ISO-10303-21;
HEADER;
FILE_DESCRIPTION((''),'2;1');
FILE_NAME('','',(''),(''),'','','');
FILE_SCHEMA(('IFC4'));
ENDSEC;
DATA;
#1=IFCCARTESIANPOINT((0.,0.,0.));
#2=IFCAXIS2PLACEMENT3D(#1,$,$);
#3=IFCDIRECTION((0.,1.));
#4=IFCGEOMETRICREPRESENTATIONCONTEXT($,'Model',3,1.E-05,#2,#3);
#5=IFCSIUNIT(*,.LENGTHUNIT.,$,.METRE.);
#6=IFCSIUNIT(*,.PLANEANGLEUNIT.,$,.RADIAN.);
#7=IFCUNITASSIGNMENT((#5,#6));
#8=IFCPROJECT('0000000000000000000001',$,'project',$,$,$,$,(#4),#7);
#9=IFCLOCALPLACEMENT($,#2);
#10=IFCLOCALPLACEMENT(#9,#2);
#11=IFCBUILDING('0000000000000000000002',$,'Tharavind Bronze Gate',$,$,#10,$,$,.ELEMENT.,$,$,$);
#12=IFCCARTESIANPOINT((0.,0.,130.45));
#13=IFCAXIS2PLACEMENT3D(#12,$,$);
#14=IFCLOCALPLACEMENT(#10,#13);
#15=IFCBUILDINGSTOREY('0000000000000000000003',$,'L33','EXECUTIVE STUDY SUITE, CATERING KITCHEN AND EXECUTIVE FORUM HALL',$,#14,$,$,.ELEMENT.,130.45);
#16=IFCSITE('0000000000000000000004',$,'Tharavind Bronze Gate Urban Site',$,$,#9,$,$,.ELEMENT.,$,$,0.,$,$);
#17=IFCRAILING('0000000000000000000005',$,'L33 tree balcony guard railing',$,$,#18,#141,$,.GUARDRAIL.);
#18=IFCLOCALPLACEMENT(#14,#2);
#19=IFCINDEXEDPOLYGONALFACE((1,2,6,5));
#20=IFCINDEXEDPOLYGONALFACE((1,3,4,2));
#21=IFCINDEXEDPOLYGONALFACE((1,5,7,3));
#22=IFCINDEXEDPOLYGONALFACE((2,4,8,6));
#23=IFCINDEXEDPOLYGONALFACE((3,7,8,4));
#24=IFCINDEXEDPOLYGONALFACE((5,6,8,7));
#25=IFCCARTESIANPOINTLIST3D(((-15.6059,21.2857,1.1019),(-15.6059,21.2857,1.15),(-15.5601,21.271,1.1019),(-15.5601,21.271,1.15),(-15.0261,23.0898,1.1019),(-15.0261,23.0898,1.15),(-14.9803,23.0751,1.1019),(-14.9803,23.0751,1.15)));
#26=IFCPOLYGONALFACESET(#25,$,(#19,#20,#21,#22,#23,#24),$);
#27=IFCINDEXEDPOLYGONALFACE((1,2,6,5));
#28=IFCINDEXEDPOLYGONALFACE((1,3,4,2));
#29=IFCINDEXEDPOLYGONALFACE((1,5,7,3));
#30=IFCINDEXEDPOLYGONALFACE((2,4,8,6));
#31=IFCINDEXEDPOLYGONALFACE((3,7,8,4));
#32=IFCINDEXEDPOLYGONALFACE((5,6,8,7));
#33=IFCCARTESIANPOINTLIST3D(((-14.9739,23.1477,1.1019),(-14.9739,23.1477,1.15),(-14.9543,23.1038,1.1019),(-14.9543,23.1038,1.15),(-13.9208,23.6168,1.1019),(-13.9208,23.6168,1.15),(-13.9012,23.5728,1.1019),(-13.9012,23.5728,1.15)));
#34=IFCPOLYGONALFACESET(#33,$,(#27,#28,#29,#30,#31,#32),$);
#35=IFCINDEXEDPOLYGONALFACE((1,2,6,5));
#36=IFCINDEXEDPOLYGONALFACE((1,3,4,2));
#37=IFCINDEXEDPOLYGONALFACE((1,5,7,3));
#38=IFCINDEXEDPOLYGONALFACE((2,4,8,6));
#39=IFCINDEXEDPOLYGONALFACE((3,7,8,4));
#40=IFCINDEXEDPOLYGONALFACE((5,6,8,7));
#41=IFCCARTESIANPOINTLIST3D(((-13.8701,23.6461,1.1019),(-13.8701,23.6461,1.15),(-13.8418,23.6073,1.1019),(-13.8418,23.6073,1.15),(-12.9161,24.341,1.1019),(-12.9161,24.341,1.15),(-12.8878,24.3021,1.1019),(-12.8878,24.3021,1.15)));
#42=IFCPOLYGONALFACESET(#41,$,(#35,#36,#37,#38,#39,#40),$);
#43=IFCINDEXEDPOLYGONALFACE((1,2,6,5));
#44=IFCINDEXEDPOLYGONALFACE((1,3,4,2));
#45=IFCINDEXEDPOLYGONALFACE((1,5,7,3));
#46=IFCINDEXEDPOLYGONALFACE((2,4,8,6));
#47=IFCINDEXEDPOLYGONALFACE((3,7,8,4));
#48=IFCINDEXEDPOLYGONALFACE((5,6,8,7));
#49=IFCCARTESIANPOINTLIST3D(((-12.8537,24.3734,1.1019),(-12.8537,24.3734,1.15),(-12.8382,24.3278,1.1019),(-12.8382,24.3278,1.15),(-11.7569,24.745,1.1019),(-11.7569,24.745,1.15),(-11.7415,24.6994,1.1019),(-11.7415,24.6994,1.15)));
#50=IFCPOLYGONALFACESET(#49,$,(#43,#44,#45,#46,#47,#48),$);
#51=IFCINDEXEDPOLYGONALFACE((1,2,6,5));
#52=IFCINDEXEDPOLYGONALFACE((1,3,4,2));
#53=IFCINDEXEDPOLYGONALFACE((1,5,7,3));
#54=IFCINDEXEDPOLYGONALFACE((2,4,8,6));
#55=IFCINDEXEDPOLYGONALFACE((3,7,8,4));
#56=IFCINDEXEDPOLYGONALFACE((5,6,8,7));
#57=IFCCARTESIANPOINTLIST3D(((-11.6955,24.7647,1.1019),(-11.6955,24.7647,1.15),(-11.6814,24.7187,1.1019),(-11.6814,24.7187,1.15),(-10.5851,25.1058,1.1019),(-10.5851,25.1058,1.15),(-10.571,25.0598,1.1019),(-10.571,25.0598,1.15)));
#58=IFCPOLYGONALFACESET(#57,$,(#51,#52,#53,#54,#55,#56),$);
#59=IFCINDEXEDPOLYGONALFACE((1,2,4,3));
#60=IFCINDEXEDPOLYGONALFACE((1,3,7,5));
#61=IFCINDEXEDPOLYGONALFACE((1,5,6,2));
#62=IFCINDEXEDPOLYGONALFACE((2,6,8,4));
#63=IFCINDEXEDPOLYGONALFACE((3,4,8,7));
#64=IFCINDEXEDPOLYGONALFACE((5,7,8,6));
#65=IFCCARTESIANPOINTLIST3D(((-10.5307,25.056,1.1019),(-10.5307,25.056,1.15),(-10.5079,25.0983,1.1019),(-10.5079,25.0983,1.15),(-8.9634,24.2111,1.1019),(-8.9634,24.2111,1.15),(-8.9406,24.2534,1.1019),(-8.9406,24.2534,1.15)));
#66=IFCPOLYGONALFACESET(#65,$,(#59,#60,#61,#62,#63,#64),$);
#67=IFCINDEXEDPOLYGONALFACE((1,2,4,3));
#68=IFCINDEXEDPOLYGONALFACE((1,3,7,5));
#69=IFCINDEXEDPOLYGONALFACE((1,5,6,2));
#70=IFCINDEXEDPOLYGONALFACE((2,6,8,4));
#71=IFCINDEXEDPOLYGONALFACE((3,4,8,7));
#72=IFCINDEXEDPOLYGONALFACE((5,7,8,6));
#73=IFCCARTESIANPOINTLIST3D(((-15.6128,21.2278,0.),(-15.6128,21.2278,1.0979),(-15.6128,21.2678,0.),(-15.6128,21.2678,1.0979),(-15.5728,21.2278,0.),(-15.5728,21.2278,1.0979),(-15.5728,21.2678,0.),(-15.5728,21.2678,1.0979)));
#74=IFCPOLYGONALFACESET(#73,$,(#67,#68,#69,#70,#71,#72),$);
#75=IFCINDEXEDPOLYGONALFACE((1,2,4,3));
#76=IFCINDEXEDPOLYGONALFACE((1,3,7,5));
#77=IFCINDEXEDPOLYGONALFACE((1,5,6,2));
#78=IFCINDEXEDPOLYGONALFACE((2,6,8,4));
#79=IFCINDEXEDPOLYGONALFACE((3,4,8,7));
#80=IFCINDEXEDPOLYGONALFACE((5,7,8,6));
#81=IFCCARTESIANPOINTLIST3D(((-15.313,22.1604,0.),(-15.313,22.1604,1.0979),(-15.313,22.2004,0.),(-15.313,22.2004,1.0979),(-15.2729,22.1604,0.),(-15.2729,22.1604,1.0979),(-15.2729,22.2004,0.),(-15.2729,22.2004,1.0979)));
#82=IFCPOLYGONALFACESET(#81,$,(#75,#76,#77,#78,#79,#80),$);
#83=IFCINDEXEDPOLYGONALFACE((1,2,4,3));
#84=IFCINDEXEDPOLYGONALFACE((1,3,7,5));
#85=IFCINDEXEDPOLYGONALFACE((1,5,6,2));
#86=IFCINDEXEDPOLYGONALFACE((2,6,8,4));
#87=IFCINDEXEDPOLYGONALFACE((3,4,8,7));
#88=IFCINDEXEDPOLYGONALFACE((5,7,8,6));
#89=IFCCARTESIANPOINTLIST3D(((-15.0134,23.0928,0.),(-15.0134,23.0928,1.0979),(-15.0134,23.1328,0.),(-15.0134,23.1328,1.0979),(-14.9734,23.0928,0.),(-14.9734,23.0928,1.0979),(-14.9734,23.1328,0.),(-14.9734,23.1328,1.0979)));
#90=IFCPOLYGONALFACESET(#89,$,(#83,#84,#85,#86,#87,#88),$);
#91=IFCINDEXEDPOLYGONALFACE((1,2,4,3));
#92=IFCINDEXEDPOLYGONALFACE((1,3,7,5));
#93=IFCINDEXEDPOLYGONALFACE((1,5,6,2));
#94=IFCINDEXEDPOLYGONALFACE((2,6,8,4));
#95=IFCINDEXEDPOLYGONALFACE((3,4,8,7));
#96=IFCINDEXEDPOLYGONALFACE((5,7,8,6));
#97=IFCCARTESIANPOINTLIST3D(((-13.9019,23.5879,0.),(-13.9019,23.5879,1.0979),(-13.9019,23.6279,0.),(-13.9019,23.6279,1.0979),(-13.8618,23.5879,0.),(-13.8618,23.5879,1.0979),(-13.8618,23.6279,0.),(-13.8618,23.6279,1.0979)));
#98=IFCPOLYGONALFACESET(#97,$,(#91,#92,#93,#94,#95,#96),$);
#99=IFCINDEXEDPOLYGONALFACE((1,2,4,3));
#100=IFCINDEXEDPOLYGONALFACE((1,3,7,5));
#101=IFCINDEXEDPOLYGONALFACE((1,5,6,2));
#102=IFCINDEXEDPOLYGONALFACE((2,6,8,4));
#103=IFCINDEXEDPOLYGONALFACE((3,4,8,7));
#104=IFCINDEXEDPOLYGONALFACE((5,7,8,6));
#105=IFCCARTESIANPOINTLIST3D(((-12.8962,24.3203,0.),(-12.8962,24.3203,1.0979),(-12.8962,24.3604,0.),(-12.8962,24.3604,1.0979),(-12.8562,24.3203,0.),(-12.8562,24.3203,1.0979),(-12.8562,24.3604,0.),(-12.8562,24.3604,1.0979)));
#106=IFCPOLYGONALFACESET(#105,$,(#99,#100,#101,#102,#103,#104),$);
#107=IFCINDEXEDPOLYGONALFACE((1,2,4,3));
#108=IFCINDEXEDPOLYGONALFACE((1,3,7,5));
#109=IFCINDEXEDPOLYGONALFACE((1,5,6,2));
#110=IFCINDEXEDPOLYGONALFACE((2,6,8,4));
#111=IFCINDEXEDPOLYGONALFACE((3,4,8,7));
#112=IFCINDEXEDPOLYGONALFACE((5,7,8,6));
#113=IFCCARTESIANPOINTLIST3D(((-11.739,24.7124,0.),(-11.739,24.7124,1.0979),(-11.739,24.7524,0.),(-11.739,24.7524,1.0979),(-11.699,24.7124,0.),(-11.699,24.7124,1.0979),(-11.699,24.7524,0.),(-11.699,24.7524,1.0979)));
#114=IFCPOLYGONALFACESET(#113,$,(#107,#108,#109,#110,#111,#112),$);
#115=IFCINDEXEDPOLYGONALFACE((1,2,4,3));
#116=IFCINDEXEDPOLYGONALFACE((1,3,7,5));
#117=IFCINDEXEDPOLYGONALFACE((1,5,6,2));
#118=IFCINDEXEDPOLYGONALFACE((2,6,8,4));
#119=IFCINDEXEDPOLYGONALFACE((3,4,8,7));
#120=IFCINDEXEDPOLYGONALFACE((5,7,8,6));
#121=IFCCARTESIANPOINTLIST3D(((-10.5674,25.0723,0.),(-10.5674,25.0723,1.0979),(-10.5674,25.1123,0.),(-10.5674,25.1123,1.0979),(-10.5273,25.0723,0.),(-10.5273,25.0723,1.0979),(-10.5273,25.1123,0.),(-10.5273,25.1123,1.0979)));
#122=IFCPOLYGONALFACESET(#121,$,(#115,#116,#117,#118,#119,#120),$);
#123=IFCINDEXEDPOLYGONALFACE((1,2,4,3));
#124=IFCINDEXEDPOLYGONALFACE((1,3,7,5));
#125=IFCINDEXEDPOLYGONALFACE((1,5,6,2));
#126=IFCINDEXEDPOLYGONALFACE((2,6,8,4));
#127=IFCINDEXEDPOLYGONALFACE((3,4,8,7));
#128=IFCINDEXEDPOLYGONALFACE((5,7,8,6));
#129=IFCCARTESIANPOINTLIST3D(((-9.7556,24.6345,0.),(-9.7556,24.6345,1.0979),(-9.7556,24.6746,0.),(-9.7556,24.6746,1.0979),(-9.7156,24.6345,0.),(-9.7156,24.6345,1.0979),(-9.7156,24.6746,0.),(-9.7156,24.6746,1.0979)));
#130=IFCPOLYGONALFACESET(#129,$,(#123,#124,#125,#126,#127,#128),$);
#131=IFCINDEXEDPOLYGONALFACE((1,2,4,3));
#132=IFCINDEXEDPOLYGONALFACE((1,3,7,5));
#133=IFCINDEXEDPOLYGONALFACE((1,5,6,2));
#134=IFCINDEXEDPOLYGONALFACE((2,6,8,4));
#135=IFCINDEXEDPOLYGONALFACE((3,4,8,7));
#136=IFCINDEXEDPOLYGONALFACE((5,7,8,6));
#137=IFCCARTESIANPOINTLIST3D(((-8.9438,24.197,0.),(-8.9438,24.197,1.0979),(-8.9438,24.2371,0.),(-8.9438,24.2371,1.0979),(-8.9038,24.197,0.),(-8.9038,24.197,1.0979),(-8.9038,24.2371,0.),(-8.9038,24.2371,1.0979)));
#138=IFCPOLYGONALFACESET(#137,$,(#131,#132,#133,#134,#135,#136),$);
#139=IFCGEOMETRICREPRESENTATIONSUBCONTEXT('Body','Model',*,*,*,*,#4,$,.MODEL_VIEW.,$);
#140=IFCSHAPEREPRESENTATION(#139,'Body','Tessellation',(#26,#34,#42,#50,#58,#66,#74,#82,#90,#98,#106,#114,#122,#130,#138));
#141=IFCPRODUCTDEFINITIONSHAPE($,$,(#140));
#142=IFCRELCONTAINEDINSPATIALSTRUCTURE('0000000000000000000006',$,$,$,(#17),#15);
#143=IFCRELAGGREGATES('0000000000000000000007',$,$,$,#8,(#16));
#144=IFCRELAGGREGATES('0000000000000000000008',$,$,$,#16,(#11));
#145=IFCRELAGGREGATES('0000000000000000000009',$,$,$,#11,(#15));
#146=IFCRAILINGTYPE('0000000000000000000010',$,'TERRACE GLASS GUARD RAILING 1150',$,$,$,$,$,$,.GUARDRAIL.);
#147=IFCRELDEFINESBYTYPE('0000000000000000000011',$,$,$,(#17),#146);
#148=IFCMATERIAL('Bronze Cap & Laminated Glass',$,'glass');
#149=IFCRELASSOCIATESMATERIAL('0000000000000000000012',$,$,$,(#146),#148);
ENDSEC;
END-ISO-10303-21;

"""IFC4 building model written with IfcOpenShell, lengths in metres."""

from ifc_helpers import new_model, si_unit, direction, frame, origin, origin_2d, place, context, subcontext, project, spatial, rectangle, extrude, material, type_object, element, save


model = new_model("IFC4")

# Units and contexts
model_context = context("Model", 3, precision=1e-05, world=origin(), true_north=direction((0.0, 1.0)))
body_context = subcontext(model_context, "Body", "Model", "MODEL_VIEW")
ifc_project = project(units=[si_unit("LENGTHUNIT", "METRE"), si_unit("PLANEANGLEUNIT", "RADIAN")], contexts=[model_context])

# Site, building, storey
site_placement = place(None, origin())
site = spatial("IfcSite", under=ifc_project, at=site_placement, Name="Tharavind Bronze Gate Urban Site", CompositionType="ELEMENT", RefElevation=0.0)
building_placement = place(site_placement, origin())
building = spatial("IfcBuilding", under=site, at=building_placement, Name="Tharavind Bronze Gate", CompositionType="ELEMENT")
storey_placement = place(building_placement, frame((0.0, 0.0, 130.45)))
storey = spatial("IfcBuildingStorey", under=building, at=storey_placement, Name="L33", Description="EXECUTIVE STUDY SUITE, CATERING KITCHEN AND EXECUTIVE FORUM HALL", CompositionType="ELEMENT", Elevation=130.45)

# Railing
ifc_material_1 = material(Name="Bronze Cap & Laminated Glass", Category="glass")
railing_type = type_object("IfcRailingType", Name="TERRACE GLASS GUARD RAILING 1150", PredefinedType="GUARDRAIL", material=ifc_material_1)
railing_placement = place(storey_placement, frame((-15.5928, 21.2478, 0.0)))
element("IfcRailing", 1, at=railing_placement, inside=storey, type_object=railing_type, Name="L33 tree balcony guard railing", PredefinedType="GUARDRAIL", context=body_context, shape_type="SweptSolid", body=[
    extrude(rectangle(XDim=0.0481, YDim=0.0481, at=origin_2d()), frame((0.0098, 0.0305, 1.126), z_axis=(0.305965, 0.952043, 0.0), x_axis=(-0.952043, 0.305965, 0.0)), (0.0, 0.0, 1.0), 1.895),
    extrude(rectangle(XDim=0.0481, YDim=0.0481, at=origin_2d()), frame((0.6287, 1.8779, 1.126), z_axis=(0.91348, 0.406883, 0.0), x_axis=(-0.406883, 0.91348, 0.0)), (0.0, 0.0, 1.0), 1.1528),
    extrude(rectangle(XDim=0.0481, YDim=0.0481, at=origin_2d()), frame((1.7368, 2.3789, 1.126), z_axis=(0.808329, 0.588732, 0.0), x_axis=(-0.588732, 0.808329, 0.0)), (0.0, 0.0, 1.0), 1.1802),
    extrude(rectangle(XDim=0.0481, YDim=0.0481, at=origin_2d()), frame((2.7468, 3.1028, 1.126), z_axis=(0.947113, 0.3209, 0.0), x_axis=(-0.3209, 0.947113, 0.0)), (0.0, 0.0, 1.0), 1.158),
    extrude(rectangle(XDim=0.0481, YDim=0.0481, at=origin_2d()), frame((3.9043, 3.4939, 1.126), z_axis=(0.955925, 0.29361, 0.0), x_axis=(-0.29361, 0.955925, 0.0)), (0.0, 0.0, 1.0), 1.1616),
    extrude(rectangle(XDim=0.0481, YDim=0.0481, at=origin_2d()), frame((5.0735, 3.8293, 1.126), z_axis=(0.880237, -0.474534, 0.0), x_axis=(0.474534, 0.880237, 0.0)), (0.0, 0.0, 1.0), 1.7805),
    extrude(rectangle(XDim=0.04, YDim=0.04, at=origin_2d()), origin(), (0.0, 0.0, 1.0), 1.0979),
    extrude(rectangle(XDim=0.04, YDim=0.04, at=origin_2d()), frame((0.2998, 0.9326, 0.0)), (0.0, 0.0, 1.0), 1.0979),
    extrude(rectangle(XDim=0.04, YDim=0.04, at=origin_2d()), frame((0.5994, 1.865, 0.0)), (0.0, 0.0, 1.0), 1.0979),
    extrude(rectangle(XDim=0.04, YDim=0.04, at=origin_2d()), frame((1.7109, 2.3601, 0.0)), (0.0, 0.0, 1.0), 1.0979),
    extrude(rectangle(XDim=0.04, YDim=0.04, at=origin_2d()), frame((2.7166, 3.0925, 0.0)), (0.0, 0.0, 1.0), 1.0979),
    extrude(rectangle(XDim=0.04, YDim=0.04, at=origin_2d()), frame((3.8738, 3.4846, 0.0)), (0.0, 0.0, 1.0), 1.0979),
    extrude(rectangle(XDim=0.04, YDim=0.04, at=origin_2d()), frame((5.0454, 3.8445, 0.0)), (0.0, 0.0, 1.0), 1.0979),
    extrude(rectangle(XDim=0.04, YDim=0.04, at=origin_2d()), frame((5.8572, 3.4067, 0.0)), (0.0, 0.0, 1.0), 1.0979),
    extrude(rectangle(XDim=0.04, YDim=0.04, at=origin_2d()), frame((6.6689, 2.9692, 0.0)), (0.0, 0.0, 1.0), 1.0979),
])

save(model, "model.ifc")
